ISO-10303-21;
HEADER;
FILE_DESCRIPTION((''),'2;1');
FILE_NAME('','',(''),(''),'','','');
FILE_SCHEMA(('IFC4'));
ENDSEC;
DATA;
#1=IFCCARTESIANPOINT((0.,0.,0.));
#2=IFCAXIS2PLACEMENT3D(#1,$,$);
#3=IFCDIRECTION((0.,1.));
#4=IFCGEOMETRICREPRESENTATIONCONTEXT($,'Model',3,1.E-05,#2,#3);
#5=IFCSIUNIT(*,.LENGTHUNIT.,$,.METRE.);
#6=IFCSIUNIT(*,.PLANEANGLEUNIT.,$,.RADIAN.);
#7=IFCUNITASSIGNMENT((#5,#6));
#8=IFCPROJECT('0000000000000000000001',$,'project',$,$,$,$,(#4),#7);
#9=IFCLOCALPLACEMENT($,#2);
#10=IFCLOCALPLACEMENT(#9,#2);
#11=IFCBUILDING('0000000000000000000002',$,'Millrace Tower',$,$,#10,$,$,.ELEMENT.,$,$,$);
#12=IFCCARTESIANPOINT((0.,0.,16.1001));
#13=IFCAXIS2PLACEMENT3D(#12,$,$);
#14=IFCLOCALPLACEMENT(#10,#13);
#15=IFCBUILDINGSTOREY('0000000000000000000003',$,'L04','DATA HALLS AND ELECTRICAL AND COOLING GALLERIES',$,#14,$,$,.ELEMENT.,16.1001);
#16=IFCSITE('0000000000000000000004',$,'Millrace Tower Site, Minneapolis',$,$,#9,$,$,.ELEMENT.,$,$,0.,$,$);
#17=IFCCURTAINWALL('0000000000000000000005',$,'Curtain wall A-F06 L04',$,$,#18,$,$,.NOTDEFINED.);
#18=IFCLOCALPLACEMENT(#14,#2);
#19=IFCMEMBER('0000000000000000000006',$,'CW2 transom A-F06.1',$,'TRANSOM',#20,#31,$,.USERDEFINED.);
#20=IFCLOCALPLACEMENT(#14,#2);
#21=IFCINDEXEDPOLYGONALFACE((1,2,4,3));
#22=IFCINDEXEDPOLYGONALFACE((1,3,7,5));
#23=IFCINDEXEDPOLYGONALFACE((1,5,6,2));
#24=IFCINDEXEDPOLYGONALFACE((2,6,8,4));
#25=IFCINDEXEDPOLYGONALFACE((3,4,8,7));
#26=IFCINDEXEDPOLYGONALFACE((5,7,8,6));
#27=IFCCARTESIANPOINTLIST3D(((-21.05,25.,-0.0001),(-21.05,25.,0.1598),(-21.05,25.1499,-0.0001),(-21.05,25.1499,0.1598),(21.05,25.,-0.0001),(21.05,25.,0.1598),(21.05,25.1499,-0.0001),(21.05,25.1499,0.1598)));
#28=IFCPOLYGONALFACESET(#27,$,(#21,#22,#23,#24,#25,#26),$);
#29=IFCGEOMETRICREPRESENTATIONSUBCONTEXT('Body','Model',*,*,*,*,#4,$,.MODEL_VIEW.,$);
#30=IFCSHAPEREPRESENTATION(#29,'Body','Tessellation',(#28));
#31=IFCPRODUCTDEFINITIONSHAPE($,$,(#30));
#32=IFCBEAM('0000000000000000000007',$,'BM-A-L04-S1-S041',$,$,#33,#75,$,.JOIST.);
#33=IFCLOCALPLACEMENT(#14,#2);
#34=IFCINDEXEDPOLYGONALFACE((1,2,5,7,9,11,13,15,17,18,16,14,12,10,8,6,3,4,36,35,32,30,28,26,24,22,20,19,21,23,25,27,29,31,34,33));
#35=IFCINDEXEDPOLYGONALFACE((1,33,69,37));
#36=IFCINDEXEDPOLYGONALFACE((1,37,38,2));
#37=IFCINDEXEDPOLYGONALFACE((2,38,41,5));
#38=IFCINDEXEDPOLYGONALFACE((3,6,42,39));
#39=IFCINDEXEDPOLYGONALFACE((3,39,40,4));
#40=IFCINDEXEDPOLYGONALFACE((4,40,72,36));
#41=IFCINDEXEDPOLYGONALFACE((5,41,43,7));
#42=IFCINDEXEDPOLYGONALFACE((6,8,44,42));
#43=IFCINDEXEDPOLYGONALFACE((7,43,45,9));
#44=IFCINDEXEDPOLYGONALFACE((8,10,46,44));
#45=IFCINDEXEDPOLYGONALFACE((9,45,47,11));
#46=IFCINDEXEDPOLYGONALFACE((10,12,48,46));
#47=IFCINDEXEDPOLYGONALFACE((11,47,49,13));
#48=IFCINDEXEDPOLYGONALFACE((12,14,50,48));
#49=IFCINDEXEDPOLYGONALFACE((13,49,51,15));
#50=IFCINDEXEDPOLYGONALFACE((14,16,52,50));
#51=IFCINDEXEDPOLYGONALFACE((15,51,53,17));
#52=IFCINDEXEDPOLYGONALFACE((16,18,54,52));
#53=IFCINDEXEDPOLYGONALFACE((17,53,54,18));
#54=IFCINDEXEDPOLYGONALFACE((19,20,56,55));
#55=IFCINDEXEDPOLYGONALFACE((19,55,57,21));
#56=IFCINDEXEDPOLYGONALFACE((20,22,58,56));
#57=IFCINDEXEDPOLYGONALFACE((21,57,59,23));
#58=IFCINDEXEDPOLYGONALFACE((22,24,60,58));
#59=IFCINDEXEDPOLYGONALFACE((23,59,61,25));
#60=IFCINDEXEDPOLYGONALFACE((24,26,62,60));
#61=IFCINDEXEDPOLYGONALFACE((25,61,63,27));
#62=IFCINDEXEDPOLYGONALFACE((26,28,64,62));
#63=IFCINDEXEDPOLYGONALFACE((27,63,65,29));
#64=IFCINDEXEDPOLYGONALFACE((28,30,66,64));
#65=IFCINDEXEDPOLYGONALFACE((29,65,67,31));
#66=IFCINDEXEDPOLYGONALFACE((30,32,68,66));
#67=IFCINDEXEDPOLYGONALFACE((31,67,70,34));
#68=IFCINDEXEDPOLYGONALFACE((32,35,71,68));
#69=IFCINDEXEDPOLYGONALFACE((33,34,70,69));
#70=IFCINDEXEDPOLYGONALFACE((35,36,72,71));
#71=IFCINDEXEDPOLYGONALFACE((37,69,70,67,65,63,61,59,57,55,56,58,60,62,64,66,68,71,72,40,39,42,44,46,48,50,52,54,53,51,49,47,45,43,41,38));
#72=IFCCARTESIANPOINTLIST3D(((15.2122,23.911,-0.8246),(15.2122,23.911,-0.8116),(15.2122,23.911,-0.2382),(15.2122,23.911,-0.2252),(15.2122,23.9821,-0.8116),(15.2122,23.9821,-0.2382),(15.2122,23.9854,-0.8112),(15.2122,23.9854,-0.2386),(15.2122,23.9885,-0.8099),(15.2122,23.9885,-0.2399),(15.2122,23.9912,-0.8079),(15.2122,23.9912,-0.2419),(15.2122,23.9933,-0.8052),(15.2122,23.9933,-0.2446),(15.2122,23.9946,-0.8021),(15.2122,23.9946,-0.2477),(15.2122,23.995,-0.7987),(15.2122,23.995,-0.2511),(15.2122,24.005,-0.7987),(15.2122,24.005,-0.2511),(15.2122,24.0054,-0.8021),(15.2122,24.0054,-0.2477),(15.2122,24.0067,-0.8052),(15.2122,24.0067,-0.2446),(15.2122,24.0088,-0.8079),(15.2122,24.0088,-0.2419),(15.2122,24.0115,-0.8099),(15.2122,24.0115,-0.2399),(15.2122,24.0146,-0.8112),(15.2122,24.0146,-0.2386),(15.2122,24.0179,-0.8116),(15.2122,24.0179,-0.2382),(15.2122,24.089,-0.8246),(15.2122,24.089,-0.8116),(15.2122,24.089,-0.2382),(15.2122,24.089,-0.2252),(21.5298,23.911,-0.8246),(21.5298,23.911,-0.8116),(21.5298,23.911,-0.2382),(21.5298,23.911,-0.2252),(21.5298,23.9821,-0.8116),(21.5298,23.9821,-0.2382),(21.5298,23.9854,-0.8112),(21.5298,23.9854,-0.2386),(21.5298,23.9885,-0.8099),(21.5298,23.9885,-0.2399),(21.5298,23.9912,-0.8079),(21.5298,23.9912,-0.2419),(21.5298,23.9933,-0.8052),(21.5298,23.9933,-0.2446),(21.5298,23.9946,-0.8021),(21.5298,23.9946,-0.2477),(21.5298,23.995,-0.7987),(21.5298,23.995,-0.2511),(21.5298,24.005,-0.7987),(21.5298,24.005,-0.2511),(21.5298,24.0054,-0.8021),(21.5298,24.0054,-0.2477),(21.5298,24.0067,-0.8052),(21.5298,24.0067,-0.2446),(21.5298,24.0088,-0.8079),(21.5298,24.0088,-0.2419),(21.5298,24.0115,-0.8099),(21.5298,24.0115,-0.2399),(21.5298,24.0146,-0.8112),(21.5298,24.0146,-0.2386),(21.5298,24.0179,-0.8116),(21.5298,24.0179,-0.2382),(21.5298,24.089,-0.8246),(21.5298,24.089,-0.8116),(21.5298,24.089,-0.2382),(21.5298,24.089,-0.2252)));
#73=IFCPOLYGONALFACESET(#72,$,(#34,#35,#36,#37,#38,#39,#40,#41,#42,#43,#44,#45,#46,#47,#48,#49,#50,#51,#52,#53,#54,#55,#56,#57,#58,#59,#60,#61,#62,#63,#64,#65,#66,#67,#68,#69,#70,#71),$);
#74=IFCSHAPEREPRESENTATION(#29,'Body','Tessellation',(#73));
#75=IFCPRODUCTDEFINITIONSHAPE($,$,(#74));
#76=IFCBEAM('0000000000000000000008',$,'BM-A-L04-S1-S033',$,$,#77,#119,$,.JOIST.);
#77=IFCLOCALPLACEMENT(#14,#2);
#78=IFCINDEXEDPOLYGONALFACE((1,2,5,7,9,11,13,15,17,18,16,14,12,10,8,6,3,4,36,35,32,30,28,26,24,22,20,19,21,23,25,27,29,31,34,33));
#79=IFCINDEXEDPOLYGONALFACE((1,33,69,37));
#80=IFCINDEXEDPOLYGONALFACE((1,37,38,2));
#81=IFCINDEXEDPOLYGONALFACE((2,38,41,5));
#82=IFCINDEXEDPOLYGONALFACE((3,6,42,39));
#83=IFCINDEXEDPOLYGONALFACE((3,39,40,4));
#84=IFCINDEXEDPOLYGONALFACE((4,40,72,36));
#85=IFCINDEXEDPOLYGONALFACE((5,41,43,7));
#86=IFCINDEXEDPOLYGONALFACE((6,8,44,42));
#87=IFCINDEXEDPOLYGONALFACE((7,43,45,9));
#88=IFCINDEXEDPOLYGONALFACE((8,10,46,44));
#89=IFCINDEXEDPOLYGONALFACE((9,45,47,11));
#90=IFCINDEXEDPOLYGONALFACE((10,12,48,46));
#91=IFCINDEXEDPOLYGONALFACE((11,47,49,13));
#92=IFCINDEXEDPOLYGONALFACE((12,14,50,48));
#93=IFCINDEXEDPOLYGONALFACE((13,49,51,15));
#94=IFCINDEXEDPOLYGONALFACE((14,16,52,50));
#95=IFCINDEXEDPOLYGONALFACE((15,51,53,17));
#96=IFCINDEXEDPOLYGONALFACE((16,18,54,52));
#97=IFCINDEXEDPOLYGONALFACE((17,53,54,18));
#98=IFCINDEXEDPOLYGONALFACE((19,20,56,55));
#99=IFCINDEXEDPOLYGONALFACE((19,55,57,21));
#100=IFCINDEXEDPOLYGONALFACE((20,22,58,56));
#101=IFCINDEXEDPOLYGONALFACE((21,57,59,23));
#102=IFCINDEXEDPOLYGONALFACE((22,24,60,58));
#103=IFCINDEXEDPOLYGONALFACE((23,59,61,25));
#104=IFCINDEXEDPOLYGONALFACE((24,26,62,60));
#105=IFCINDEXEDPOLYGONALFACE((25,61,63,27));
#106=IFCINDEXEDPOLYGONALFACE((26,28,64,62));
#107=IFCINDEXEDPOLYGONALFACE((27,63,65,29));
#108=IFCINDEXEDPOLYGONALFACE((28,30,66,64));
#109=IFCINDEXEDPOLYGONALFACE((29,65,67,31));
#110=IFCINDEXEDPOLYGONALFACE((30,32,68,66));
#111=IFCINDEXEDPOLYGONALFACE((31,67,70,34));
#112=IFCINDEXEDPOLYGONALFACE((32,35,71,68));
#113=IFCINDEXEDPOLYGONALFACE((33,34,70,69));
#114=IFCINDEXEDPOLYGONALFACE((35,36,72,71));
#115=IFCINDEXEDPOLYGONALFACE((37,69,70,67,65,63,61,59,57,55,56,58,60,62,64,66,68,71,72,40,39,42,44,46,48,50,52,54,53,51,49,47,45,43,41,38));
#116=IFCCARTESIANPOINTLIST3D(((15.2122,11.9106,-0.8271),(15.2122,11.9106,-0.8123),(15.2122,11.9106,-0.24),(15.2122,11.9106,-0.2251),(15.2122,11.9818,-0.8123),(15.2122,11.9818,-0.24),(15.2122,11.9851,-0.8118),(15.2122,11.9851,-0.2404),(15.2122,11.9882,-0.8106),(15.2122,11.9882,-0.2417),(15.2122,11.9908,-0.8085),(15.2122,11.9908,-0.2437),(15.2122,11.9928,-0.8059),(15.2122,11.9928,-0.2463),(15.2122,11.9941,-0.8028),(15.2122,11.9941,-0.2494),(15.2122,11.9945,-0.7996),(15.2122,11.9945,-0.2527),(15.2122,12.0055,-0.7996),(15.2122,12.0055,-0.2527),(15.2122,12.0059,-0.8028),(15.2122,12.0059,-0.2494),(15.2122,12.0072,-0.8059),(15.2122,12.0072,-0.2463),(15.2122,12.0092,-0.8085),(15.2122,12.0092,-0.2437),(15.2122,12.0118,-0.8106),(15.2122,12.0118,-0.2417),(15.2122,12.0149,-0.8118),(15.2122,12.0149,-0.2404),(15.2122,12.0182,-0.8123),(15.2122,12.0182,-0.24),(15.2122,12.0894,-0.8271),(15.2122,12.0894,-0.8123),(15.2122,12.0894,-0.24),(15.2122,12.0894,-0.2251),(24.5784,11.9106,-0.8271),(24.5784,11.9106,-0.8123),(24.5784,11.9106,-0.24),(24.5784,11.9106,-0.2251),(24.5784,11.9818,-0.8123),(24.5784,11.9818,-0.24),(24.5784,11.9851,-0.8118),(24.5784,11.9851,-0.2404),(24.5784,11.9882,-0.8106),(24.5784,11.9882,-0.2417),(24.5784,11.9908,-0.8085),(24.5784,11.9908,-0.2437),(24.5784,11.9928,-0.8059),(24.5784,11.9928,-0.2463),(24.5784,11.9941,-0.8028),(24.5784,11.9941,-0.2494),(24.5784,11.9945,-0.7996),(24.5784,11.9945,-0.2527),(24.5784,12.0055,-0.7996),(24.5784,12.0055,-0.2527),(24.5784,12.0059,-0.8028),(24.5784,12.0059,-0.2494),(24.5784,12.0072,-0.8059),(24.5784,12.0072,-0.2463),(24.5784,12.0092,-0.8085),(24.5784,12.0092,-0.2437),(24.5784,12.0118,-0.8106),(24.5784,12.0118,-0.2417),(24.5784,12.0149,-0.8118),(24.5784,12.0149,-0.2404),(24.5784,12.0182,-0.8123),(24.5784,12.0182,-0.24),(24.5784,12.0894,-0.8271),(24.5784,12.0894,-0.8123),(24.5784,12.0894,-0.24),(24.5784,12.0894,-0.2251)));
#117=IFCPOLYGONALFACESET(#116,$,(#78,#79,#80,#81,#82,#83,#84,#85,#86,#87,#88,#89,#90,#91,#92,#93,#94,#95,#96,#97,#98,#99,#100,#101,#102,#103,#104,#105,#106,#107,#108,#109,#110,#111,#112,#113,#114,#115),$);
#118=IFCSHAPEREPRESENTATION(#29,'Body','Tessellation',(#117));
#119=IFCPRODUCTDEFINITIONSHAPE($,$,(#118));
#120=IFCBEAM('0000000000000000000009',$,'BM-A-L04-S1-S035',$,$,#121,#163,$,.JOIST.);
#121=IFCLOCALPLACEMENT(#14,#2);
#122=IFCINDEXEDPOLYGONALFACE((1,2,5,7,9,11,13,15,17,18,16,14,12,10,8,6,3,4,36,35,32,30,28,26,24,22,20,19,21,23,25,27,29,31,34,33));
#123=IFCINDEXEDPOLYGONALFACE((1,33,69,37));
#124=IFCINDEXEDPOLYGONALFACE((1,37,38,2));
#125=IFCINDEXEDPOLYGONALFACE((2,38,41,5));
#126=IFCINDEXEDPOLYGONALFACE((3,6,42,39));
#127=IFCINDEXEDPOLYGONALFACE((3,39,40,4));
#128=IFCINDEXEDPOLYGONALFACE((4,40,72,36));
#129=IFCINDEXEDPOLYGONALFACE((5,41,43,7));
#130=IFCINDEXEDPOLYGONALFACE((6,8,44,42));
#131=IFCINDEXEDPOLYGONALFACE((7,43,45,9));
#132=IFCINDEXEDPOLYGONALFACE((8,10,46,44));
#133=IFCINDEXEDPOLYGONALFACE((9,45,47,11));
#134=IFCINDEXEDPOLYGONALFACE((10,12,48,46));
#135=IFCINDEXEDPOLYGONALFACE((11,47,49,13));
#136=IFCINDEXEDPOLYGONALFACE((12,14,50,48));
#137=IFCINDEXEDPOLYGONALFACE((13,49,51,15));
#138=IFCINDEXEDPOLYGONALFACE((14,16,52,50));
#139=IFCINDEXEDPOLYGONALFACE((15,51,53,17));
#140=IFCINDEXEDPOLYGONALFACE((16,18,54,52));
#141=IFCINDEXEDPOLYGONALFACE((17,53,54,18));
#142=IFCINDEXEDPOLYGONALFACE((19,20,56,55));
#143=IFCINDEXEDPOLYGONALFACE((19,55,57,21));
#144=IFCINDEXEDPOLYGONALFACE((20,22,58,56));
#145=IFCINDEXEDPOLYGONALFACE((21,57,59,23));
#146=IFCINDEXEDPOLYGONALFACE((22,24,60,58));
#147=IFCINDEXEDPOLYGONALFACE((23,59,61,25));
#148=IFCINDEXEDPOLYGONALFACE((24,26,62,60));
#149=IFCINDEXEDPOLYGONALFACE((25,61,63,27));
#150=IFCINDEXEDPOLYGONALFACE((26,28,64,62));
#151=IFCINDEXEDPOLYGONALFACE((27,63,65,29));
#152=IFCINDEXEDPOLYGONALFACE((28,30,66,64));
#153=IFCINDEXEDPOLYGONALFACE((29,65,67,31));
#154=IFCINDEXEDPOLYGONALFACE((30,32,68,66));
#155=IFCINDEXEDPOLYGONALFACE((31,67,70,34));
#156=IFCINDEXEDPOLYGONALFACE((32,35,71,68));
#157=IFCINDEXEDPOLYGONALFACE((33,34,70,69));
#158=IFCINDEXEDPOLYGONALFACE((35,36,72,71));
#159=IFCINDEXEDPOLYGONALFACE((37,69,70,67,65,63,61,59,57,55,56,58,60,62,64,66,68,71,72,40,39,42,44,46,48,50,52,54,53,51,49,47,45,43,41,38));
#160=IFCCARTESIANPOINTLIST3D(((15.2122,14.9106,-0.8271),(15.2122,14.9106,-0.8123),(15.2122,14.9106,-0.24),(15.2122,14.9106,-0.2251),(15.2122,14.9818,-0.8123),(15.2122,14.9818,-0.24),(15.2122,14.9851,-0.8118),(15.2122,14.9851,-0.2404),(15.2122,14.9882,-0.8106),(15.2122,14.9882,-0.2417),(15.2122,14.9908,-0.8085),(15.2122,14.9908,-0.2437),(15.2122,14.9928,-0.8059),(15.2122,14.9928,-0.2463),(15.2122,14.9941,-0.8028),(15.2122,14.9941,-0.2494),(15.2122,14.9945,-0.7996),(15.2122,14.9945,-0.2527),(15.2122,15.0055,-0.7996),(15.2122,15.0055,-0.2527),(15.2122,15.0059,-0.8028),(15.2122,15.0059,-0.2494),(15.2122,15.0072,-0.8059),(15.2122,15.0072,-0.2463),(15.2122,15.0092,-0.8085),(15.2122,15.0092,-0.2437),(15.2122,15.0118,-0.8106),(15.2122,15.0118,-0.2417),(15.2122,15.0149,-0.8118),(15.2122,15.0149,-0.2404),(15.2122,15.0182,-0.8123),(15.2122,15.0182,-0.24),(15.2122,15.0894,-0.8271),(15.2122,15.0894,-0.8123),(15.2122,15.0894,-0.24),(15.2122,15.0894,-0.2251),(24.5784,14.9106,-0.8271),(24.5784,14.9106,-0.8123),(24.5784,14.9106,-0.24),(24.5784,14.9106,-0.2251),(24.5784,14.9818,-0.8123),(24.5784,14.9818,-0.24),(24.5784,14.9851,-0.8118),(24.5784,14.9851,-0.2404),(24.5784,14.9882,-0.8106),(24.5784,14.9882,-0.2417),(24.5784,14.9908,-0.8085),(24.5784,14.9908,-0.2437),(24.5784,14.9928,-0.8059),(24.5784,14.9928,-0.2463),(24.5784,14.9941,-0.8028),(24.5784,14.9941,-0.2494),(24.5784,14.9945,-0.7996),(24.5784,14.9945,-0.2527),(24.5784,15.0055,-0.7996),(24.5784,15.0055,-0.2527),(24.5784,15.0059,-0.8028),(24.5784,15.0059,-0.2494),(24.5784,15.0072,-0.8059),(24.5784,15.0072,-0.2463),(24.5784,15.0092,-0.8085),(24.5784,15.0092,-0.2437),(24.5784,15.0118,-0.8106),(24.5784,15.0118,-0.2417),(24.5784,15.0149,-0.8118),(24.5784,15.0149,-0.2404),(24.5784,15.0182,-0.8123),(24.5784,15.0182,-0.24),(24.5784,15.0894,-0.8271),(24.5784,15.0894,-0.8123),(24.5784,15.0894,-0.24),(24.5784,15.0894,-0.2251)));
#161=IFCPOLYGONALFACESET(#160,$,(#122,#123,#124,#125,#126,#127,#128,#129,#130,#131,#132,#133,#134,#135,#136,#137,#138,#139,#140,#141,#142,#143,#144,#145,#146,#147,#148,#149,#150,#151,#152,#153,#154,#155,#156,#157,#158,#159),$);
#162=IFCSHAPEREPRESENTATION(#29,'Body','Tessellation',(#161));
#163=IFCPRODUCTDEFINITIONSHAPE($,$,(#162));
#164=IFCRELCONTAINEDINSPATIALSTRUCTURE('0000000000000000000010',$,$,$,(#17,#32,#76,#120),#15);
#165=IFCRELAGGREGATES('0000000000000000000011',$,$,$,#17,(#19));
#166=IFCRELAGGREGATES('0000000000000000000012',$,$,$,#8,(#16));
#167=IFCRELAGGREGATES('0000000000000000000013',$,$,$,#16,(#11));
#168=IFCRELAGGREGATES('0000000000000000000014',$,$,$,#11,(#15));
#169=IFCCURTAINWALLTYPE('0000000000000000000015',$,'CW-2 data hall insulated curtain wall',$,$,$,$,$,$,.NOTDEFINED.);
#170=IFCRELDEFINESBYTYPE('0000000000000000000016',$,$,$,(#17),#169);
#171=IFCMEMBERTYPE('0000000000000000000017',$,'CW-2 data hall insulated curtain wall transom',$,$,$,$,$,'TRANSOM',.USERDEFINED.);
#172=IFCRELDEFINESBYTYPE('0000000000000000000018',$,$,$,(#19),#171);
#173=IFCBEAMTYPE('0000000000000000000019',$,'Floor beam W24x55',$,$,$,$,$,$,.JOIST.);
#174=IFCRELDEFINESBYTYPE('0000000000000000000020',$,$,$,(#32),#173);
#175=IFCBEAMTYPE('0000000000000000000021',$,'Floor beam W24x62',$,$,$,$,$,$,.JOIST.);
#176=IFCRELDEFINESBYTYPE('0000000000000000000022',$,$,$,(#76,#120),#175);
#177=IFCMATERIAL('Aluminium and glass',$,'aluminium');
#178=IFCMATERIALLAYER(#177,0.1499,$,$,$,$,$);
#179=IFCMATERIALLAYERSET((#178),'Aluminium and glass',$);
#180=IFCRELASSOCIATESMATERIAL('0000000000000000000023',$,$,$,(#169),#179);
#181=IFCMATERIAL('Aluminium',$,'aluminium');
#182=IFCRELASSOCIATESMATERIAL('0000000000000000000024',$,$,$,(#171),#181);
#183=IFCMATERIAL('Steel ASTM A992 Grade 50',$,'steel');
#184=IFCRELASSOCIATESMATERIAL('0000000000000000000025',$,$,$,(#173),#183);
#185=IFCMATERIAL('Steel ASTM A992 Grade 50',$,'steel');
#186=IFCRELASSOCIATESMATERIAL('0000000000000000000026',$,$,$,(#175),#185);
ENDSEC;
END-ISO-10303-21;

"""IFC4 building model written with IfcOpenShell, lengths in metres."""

from ifc_helpers import new_model, si_unit, direction, frame, origin, origin_2d, place, context, subcontext, project, spatial, rectangle, i_section, extrude, material, layer, layer_set, material_profile, profile_set, type_object, element, aggregate, save


model = new_model("IFC4")

# Units and contexts
model_context = context("Model", 3, precision=1e-05, world=origin(), true_north=direction((0.0, 1.0)))
body_context = subcontext(model_context, "Body", "Model", "MODEL_VIEW")
ifc_project = project(units=[si_unit("LENGTHUNIT", "METRE"), si_unit("PLANEANGLEUNIT", "RADIAN")], contexts=[model_context])

# Site, building, storey
site_placement = place(None, origin())
site = spatial("IfcSite", under=ifc_project, at=site_placement, Name="Millrace Tower Site, Minneapolis", CompositionType="ELEMENT", RefElevation=0.0)
building_placement = place(site_placement, origin())
building = spatial("IfcBuilding", under=site, at=building_placement, Name="Millrace Tower", CompositionType="ELEMENT")
storey_placement = place(building_placement, frame((0.0, 0.0, 16.1001)))
storey = spatial("IfcBuildingStorey", under=building, at=storey_placement, Name="L04", Description="DATA HALLS AND ELECTRICAL AND COOLING GALLERIES", CompositionType="ELEMENT", Elevation=16.1001)

# Shared definitions
ifc_material_1 = material(Name="Aluminium and glass", Category="aluminium")
ifc_layer_1 = layer(ifc_material_1, 0.1499)
ifc_layer_set_1 = layer_set([ifc_layer_1], Name="Aluminium and glass")
curtain_wall_type = type_object("IfcCurtainWallType", Name="CW-2 data hall insulated curtain wall", PredefinedType="NOTDEFINED", material=ifc_layer_set_1)
placement = place(storey_placement, origin())

# Curtain wall
curtain_wall_1 = element("IfcCurtainWall", 1, at=placement, inside=storey, type_object=curtain_wall_type, Name="Curtain wall A-F06 L04", PredefinedType="NOTDEFINED")

# Member
ifc_material_2 = material(Name="Aluminium", Category="aluminium")
ifc_material_profile_1 = material_profile(ifc_material_2, rectangle(XDim=0.1499, YDim=0.1599, at=origin_2d()))
ifc_profile_set_1 = profile_set([ifc_material_profile_1], Name="Aluminium")
member_type_1 = type_object("IfcMemberType", Name="CW-2 data hall insulated curtain wall transom", ElementType="TRANSOM", PredefinedType="USERDEFINED", material=ifc_profile_set_1)
member_1_placement = place(storey_placement, frame((21.05, 25.075, 0.0798), z_axis=(-1.0, 0.0, 0.0), x_axis=(0.0, -1.0, 0.0)))
member_1 = element("IfcMember", 2, at=member_1_placement, type_object=member_type_1, Name="CW2 transom A-F06.1", ObjectType="TRANSOM", PredefinedType="USERDEFINED", context=body_context, shape_type="SweptSolid", body=[
    extrude(rectangle(XDim=0.1499, YDim=0.1599, at=origin_2d()), origin(), (0.0, 0.0, 1.0), 42.1001),
])
aggregate(curtain_wall_1, [member_1])

# Beams
ifc_material_3 = material(Name="Steel ASTM A992 Grade 50", Category="steel")
ifc_material_profile_2 = material_profile(ifc_material_3, i_section(OverallWidth=0.178, OverallDepth=0.5994, WebThickness=0.01, FlangeThickness=0.0129, FilletRadius=0.0129, at=origin_2d()))
ifc_profile_set_2 = profile_set([ifc_material_profile_2], Name="Steel ASTM A992 Grade 50")
beam_type_1 = type_object("IfcBeamType", Name="Floor beam W24x55", PredefinedType="JOIST", material=ifc_profile_set_2)
beam_1_placement = place(storey_placement, frame((15.2122, 24.0, -0.5249), z_axis=(1.0, 0.0, 0.0), x_axis=(0.0, 1.0, 0.0)))
element("IfcBeam", 3, at=beam_1_placement, inside=storey, type_object=beam_type_1, Name="BM-A-L04-S1-S041", PredefinedType="JOIST", context=body_context, shape_type="SweptSolid", body=[
    extrude(i_section(OverallWidth=0.178, OverallDepth=0.5994, WebThickness=0.01, FlangeThickness=0.0129, FilletRadius=0.0129, at=origin_2d()), origin(), (0.0, 0.0, 1.0), 6.3176),
])
ifc_material_4 = material(Name="Steel ASTM A992 Grade 50", Category="steel")
ifc_material_profile_3 = material_profile(ifc_material_4, i_section(OverallWidth=0.1787, OverallDepth=0.6021, WebThickness=0.011, FlangeThickness=0.0149, FilletRadius=0.0127, at=origin_2d()))
ifc_profile_set_3 = profile_set([ifc_material_profile_3], Name="Steel ASTM A992 Grade 50")
beam_type_2 = type_object("IfcBeamType", Name="Floor beam W24x62", PredefinedType="JOIST", material=ifc_profile_set_3)
for number, where, z_axis, x_axis, name in (
    (4, (15.2122, 12.0, -0.5261), (1.0, 0.0, 0.0), (0.0, 1.0, 0.0), "BM-A-L04-S1-S033"),
    (5, (15.2122, 15.0, -0.5261), (1.0, 0.0, 0.0), (0.0, 1.0, 0.0), "BM-A-L04-S1-S035"),
):
    element("IfcBeam", number, at=place(storey_placement, frame(where, z_axis=z_axis, x_axis=x_axis)), inside=storey, type_object=beam_type_2, Name=name, PredefinedType="JOIST", context=body_context, shape_type="SweptSolid", body=[
        extrude(i_section(OverallWidth=0.1787, OverallDepth=0.6021, WebThickness=0.011, FlangeThickness=0.0149, FilletRadius=0.0127, at=origin_2d()), origin(), (0.0, 0.0, 1.0), 9.3662),
    ])

save(model, "model.ifc")
